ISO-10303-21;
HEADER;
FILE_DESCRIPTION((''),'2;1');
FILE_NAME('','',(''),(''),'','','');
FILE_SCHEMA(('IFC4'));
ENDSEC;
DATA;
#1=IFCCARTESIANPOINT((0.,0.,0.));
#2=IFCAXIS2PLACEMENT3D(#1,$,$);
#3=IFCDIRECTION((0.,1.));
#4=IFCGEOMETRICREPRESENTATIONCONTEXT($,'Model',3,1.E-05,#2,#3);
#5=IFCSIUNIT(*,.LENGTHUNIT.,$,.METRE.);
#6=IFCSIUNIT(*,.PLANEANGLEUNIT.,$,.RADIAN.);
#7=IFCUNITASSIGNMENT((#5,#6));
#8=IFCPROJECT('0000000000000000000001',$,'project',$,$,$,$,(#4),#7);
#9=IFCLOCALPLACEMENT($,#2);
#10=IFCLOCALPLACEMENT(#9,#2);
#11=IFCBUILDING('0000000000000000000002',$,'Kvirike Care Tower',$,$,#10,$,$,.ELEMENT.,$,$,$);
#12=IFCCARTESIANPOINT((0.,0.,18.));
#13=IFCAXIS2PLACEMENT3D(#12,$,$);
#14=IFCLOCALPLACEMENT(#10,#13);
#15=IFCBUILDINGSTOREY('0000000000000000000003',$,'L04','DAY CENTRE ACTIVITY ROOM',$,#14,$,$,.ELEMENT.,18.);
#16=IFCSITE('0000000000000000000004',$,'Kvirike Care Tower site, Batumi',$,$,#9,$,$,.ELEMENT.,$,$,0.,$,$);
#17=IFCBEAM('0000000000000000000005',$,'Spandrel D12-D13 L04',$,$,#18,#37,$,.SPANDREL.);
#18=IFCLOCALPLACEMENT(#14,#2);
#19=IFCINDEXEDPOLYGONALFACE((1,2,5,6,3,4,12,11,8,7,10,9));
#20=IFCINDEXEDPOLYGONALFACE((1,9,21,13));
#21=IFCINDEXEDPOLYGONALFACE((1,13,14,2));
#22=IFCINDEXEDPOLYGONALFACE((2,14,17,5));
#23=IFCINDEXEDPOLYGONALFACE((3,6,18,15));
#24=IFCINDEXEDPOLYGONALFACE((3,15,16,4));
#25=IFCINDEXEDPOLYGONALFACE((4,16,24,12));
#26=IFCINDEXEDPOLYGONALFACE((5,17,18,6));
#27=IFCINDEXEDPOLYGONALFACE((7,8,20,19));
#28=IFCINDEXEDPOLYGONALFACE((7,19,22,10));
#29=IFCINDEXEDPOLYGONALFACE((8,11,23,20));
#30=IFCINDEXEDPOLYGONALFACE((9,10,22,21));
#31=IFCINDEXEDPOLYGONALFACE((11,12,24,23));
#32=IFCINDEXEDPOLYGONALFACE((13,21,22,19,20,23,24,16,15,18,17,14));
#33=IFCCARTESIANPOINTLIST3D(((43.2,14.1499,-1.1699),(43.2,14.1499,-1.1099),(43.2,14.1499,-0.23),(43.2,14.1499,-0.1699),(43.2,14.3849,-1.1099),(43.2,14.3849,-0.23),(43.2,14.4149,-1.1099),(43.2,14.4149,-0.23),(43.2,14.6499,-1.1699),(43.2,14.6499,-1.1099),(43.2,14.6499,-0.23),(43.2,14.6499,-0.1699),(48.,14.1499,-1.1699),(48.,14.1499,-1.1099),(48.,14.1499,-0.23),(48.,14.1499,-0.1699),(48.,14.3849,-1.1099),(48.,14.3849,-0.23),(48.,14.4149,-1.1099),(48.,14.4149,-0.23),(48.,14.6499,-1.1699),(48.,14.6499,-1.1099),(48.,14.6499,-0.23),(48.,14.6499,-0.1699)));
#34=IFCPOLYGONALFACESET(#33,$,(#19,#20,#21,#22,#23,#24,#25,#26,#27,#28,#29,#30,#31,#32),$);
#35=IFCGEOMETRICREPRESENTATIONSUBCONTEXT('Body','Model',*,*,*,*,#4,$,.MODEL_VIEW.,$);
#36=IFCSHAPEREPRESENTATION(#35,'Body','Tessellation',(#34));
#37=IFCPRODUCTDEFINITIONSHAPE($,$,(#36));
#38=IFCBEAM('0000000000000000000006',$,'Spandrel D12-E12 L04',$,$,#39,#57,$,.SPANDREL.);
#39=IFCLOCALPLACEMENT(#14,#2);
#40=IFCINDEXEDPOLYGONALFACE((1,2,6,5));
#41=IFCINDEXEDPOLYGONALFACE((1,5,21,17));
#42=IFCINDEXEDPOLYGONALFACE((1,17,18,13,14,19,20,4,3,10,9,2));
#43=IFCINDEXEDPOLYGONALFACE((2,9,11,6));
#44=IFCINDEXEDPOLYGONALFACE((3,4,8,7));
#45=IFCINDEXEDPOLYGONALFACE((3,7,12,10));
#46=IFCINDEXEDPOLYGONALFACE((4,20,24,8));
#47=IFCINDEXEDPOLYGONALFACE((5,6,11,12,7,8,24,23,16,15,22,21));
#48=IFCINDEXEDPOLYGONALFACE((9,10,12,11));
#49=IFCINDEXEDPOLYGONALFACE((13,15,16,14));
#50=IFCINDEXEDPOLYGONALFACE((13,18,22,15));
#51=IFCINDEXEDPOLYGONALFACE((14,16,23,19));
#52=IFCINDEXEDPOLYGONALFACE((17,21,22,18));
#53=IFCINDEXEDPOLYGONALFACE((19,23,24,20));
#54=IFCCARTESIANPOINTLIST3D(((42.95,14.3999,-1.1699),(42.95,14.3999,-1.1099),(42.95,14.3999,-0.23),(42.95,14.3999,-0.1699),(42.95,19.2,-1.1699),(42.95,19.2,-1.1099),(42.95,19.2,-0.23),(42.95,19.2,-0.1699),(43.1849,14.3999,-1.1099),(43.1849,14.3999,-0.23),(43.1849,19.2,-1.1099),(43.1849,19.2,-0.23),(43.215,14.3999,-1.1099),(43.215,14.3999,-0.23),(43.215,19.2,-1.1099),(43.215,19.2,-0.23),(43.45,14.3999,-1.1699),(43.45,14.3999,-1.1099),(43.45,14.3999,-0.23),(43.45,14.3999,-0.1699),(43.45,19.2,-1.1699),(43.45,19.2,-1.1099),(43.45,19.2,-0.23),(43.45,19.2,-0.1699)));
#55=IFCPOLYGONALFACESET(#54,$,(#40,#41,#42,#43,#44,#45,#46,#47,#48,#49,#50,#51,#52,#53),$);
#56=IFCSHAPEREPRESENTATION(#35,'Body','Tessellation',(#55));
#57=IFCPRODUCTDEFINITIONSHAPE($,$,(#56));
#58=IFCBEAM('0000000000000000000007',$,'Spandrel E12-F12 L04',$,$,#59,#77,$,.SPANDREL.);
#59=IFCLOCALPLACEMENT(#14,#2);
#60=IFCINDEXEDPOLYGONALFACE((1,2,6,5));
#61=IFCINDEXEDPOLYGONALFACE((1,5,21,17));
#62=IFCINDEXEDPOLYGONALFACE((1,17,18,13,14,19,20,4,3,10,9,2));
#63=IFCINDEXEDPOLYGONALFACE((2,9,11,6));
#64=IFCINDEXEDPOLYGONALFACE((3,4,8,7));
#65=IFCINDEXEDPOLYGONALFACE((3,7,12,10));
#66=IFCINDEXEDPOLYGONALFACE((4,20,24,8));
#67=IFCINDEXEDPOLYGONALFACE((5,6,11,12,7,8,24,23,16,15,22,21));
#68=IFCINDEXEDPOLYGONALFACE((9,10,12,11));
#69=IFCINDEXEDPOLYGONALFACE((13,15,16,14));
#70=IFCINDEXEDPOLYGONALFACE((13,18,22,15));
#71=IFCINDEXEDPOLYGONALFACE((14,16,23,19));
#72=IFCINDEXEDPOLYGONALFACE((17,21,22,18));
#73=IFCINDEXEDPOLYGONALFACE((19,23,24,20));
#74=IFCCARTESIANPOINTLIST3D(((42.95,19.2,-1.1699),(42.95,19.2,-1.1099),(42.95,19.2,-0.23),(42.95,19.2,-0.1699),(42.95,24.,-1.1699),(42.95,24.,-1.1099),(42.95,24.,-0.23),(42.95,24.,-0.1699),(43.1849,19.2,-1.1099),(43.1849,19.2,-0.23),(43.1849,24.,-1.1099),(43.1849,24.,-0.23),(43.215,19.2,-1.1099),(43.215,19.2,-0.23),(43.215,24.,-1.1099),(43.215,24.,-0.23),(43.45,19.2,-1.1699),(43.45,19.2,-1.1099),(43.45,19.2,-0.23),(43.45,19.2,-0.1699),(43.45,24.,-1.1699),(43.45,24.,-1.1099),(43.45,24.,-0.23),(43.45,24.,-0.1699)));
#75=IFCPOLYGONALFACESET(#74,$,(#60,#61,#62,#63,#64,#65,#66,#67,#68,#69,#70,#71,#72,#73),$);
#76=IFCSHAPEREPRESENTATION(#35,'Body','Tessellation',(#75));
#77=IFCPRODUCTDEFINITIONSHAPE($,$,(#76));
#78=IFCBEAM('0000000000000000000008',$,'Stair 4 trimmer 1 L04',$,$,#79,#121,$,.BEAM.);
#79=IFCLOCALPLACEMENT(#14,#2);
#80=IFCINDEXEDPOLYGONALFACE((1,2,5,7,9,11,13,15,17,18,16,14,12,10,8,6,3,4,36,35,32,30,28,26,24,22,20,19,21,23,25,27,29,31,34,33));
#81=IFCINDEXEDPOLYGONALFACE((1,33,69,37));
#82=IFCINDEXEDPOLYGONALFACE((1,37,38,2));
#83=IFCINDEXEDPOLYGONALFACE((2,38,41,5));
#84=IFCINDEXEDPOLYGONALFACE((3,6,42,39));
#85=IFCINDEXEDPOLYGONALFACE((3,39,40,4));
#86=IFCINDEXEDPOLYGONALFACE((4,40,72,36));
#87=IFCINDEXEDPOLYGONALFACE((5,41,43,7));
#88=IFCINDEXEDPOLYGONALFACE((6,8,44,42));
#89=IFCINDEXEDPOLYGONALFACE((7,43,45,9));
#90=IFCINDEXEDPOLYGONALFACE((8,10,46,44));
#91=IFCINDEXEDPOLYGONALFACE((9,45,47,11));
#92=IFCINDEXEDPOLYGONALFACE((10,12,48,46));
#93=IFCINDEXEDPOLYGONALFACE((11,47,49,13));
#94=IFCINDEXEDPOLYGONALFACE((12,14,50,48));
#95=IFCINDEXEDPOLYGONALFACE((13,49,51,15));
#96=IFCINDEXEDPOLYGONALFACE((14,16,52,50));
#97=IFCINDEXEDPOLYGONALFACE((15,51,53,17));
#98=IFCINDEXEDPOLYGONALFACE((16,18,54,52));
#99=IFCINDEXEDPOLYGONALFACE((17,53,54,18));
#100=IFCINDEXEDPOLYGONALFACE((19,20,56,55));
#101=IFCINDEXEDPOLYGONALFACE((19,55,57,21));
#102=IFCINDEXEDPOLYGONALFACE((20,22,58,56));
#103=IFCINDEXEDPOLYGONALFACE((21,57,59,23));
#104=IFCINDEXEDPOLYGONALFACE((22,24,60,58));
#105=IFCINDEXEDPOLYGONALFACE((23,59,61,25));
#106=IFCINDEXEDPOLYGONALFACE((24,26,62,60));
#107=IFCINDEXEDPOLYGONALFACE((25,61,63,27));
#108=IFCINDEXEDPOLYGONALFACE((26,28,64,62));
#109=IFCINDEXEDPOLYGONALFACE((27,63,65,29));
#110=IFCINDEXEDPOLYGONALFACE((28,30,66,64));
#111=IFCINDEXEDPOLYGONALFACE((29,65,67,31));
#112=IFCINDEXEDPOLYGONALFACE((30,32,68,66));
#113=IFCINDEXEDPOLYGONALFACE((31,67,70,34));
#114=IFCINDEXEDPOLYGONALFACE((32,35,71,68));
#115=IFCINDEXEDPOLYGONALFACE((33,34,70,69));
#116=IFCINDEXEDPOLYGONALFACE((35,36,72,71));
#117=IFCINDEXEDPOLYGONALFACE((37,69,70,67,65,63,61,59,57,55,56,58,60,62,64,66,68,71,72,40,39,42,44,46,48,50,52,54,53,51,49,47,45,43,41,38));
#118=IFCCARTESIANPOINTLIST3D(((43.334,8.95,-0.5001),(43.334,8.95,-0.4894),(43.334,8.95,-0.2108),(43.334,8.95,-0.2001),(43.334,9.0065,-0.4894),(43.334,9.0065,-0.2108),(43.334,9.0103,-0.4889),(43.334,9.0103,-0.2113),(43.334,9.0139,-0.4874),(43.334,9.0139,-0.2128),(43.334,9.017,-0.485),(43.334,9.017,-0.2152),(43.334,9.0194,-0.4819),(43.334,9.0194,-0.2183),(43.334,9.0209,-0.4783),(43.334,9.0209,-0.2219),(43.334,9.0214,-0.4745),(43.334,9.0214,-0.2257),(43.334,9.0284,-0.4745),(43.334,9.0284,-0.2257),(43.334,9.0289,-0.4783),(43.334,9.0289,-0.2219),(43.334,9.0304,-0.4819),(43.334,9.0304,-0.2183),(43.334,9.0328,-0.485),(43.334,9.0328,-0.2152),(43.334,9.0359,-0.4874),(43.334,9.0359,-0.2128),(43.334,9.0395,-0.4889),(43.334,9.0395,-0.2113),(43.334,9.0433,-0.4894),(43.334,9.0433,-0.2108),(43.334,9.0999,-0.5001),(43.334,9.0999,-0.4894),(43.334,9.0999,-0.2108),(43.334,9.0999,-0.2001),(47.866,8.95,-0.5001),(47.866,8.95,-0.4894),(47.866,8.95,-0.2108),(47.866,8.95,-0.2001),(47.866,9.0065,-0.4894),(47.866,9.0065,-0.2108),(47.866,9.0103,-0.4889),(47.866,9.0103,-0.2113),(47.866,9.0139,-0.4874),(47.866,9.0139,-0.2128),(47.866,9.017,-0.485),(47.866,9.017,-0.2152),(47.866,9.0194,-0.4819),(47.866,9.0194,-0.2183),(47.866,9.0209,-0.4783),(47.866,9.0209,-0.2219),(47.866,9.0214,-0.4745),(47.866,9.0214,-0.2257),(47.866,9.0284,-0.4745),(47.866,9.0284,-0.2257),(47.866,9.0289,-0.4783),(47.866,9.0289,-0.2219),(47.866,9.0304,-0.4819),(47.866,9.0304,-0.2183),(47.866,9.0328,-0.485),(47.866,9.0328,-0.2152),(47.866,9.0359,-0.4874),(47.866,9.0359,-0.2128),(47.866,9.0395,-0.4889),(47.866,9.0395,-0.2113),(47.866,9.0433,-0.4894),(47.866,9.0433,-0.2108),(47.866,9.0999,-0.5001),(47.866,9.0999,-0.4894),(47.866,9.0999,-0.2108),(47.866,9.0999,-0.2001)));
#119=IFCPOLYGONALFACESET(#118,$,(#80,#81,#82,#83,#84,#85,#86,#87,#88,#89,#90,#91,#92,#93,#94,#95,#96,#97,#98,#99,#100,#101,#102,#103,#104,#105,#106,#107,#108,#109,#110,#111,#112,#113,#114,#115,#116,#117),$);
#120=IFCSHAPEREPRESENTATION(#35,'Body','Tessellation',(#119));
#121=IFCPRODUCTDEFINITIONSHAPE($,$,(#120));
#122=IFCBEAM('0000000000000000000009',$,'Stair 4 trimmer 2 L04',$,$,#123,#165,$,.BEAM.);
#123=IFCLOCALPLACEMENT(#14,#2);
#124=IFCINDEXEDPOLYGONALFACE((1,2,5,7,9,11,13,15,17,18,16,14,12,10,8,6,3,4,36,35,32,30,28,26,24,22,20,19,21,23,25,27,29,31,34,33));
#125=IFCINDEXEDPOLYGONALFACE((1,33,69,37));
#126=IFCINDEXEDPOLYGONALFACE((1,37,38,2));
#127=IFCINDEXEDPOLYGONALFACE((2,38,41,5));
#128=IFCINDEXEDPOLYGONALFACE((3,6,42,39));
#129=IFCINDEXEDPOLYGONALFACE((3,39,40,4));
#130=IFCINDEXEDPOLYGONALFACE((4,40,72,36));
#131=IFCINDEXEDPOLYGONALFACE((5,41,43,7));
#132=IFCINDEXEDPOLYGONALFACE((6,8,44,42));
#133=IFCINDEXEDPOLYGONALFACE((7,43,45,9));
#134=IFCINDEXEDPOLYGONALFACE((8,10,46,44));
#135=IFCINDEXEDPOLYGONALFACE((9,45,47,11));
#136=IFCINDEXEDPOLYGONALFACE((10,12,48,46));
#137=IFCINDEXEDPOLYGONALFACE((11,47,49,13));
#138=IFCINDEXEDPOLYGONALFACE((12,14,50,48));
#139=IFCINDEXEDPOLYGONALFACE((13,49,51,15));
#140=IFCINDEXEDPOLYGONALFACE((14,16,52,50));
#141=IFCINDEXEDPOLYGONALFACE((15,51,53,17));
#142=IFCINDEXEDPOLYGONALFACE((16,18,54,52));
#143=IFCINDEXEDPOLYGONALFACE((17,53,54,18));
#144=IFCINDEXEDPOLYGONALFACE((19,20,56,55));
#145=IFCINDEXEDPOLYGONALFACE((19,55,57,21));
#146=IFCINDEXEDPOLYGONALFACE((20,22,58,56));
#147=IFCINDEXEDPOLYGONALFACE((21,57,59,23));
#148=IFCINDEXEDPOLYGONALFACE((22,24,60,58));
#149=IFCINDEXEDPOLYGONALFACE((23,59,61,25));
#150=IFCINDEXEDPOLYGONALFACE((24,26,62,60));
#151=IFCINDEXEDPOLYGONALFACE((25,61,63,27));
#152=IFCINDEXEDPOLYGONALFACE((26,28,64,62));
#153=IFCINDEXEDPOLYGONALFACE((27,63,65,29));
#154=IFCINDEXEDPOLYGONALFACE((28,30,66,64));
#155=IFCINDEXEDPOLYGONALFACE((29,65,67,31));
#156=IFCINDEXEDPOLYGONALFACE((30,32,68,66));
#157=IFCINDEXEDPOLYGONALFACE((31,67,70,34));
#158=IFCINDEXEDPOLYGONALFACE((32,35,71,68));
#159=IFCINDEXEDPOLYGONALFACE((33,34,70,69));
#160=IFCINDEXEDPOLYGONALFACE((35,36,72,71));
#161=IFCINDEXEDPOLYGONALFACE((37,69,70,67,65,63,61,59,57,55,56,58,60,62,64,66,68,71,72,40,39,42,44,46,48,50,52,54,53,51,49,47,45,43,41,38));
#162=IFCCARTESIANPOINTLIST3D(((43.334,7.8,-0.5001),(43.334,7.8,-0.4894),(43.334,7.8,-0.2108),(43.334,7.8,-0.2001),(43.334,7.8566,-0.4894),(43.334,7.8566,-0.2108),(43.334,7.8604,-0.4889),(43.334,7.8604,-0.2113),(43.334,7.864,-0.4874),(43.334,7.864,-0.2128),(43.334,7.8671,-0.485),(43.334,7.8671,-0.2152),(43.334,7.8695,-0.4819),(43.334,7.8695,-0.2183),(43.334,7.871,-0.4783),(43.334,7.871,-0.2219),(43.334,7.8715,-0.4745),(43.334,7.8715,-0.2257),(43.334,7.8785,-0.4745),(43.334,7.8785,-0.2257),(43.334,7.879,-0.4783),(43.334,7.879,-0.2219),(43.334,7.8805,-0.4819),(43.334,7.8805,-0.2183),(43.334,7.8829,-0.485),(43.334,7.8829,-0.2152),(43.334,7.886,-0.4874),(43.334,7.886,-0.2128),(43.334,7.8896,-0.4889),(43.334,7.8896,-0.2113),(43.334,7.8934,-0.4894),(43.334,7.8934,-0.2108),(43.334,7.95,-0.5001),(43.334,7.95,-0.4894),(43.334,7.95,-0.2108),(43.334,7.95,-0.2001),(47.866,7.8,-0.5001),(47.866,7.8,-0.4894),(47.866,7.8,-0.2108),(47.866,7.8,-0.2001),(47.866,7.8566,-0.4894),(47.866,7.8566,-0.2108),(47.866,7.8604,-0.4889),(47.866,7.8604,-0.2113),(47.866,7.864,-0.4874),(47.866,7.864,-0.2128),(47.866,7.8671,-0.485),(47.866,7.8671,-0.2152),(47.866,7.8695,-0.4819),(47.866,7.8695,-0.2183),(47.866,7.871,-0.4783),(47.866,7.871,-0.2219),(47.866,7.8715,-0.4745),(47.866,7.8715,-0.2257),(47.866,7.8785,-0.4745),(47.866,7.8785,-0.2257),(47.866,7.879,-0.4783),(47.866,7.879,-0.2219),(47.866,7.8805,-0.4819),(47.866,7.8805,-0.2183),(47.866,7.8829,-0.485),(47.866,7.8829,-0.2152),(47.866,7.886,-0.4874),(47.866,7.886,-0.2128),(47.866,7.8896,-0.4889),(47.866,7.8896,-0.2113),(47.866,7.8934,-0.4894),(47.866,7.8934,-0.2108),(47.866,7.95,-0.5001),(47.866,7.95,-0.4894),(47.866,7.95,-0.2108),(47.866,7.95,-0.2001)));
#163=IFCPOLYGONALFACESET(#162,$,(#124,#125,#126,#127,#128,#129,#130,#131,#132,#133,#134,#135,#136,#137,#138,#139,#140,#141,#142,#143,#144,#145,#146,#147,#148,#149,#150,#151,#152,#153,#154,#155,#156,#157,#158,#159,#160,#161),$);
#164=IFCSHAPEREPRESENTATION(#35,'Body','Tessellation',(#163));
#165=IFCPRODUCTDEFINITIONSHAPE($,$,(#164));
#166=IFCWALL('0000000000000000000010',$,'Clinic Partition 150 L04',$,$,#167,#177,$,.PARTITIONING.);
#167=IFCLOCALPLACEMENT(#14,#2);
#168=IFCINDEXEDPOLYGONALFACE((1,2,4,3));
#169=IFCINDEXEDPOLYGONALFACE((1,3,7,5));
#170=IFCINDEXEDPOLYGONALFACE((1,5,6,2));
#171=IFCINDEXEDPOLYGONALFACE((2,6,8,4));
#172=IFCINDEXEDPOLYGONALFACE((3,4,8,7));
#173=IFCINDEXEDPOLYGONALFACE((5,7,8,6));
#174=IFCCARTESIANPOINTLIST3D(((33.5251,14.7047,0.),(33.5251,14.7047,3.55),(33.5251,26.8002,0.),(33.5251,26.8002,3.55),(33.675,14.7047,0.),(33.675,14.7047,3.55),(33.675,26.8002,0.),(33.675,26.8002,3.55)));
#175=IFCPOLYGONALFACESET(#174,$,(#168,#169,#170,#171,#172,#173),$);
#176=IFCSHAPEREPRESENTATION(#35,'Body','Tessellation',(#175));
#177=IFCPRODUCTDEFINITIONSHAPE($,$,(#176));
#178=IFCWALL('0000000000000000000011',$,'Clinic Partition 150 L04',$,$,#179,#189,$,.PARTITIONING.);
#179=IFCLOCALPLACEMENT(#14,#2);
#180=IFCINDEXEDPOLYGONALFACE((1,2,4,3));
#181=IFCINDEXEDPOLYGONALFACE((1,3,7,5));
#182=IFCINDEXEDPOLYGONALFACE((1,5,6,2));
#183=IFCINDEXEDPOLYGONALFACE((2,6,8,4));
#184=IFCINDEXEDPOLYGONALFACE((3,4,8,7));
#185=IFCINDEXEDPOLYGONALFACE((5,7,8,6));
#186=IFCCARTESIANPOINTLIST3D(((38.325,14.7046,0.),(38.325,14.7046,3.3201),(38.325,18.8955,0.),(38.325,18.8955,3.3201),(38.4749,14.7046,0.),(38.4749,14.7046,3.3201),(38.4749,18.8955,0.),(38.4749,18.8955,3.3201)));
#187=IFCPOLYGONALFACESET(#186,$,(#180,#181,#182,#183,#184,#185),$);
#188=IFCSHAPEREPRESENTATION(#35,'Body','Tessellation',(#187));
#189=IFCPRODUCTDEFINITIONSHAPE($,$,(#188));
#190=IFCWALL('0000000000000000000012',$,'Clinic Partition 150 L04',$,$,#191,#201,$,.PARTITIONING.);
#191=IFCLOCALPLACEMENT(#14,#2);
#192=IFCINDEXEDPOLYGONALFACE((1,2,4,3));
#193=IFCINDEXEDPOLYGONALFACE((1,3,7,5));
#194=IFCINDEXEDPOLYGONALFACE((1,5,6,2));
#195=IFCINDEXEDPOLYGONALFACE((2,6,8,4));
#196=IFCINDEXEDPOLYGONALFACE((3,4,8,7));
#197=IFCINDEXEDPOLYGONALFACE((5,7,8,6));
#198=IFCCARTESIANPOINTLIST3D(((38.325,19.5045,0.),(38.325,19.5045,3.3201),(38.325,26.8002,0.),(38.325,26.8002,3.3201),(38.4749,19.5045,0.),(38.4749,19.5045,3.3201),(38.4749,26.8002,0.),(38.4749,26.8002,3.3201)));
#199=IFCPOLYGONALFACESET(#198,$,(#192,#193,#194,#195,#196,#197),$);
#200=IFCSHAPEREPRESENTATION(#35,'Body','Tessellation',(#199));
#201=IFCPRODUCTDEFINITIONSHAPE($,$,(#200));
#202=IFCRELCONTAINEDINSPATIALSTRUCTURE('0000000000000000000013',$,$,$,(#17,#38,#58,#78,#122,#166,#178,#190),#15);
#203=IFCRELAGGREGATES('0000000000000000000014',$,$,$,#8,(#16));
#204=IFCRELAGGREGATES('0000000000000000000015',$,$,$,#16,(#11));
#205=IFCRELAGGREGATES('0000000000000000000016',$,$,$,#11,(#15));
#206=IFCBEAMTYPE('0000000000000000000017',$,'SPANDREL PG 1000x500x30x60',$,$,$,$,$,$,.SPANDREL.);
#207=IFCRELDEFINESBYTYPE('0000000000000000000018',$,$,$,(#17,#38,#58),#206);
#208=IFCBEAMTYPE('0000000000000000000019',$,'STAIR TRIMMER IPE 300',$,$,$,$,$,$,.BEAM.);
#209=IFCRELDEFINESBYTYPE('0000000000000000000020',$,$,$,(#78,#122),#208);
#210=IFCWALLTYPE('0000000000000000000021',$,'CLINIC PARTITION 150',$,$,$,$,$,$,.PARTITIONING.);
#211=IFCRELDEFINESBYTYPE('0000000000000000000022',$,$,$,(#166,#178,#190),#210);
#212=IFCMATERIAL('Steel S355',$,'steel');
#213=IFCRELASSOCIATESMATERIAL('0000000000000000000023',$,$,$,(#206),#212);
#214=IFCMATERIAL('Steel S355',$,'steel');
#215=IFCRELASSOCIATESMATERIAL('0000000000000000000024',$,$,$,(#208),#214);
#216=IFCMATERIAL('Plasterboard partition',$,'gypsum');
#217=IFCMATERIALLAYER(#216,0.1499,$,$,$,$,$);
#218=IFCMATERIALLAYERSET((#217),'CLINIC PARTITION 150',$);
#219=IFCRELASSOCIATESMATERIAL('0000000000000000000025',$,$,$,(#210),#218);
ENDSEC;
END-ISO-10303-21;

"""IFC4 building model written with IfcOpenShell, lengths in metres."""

from ifc_helpers import new_model, si_unit, direction, frame, frame_2d, origin, origin_2d, place, context, subcontext, project, spatial, rectangle, i_section, extrude, material, layer, layer_set, material_profile, profile_set, type_object, element, save


model = new_model("IFC4")

# Units and contexts
model_context = context("Model", 3, precision=1e-05, world=origin(), true_north=direction((0.0, 1.0)))
body_context = subcontext(model_context, "Body", "Model", "MODEL_VIEW")
ifc_project = project(units=[si_unit("LENGTHUNIT", "METRE"), si_unit("PLANEANGLEUNIT", "RADIAN")], contexts=[model_context])

# Site, building, storey
site_placement = place(None, origin())
site = spatial("IfcSite", under=ifc_project, at=site_placement, Name="Kvirike Care Tower site, Batumi", CompositionType="ELEMENT", RefElevation=0.0)
building_placement = place(site_placement, origin())
building = spatial("IfcBuilding", under=site, at=building_placement, Name="Kvirike Care Tower", CompositionType="ELEMENT")
storey_placement = place(building_placement, frame((0.0, 0.0, 18.0)))
storey = spatial("IfcBuildingStorey", under=building, at=storey_placement, Name="L04", Description="DAY CENTRE ACTIVITY ROOM", CompositionType="ELEMENT", Elevation=18.0)

# Beams
ifc_material_1 = material(Name="Steel S355", Category="steel")
ifc_material_profile_1 = material_profile(ifc_material_1, i_section(OverallWidth=0.5, OverallDepth=1.0, WebThickness=0.03, FlangeThickness=0.0601, at=origin_2d()), Name="PG 1000x500x30x60")
ifc_profile_set_1 = profile_set([ifc_material_profile_1], Name="Steel S355")
beam_type_1 = type_object("IfcBeamType", Name="SPANDREL PG 1000x500x30x60", PredefinedType="SPANDREL", material=ifc_profile_set_1)
for number, where, z_axis, x_axis, name in (
    (1, (43.2, 14.3999, -0.6699), (1.0, 0.0, 0.0), (0.0, 1.0, 0.0), "Spandrel D12-D13 L04"),
    (2, (43.2, 14.3999, -0.6699), (0.0, 1.0, 0.0), (-1.0, 0.0, 0.0), "Spandrel D12-E12 L04"),
    (3, (43.2, 19.2, -0.6699), (0.0, 1.0, 0.0), (-1.0, 0.0, 0.0), "Spandrel E12-F12 L04"),
):
    element("IfcBeam", number, at=place(storey_placement, frame(where, z_axis=z_axis, x_axis=x_axis)), inside=storey, type_object=beam_type_1, Name=name, PredefinedType="SPANDREL", context=body_context, shape_type="SweptSolid", body=[
        extrude(i_section(OverallWidth=0.5, OverallDepth=1.0, WebThickness=0.03, FlangeThickness=0.0601, at=origin_2d()), origin(), (0.0, 0.0, 1.0), 4.8),
    ])
ifc_material_2 = material(Name="Steel S355", Category="steel")
ifc_material_profile_2 = material_profile(ifc_material_2, i_section(OverallWidth=0.1499, OverallDepth=0.3, WebThickness=0.0071, FlangeThickness=0.0107, FilletRadius=0.0149, at=origin_2d()), Name="IPE 300")
ifc_profile_set_2 = profile_set([ifc_material_profile_2], Name="Steel S355")
beam_type_2 = type_object("IfcBeamType", Name="STAIR TRIMMER IPE 300", PredefinedType="BEAM", material=ifc_profile_set_2)
for number, where, z_axis, x_axis, name in (
    (4, (43.334, 9.0249, -0.3501), (1.0, 0.0, 0.0), (0.0, 1.0, 0.0), "Stair 4 trimmer 1 L04"),
    (5, (43.334, 7.875, -0.3501), (1.0, 0.0, 0.0), (0.0, 1.0, 0.0), "Stair 4 trimmer 2 L04"),
):
    element("IfcBeam", number, at=place(storey_placement, frame(where, z_axis=z_axis, x_axis=x_axis)), inside=storey, type_object=beam_type_2, Name=name, PredefinedType="BEAM", context=body_context, shape_type="SweptSolid", body=[
        extrude(i_section(OverallWidth=0.1499, OverallDepth=0.3, WebThickness=0.0071, FlangeThickness=0.0107, FilletRadius=0.0149, at=origin_2d()), origin(), (0.0, 0.0, 1.0), 4.532),
    ])

# Walls
ifc_material_3 = material(Name="Plasterboard partition", Category="gypsum")
ifc_layer_1 = layer(ifc_material_3, 0.1499)
ifc_layer_set_1 = layer_set([ifc_layer_1], Name="CLINIC PARTITION 150")
wall_type_1 = type_object("IfcWallType", Name="CLINIC PARTITION 150", PredefinedType="PARTITIONING", material=ifc_layer_set_1)
wall_1_placement = place(storey_placement, frame((33.6001, 14.7046, 0.0), z_axis=(0.0, 0.0, 1.0), x_axis=(0.0, 1.0, 0.0)))
element("IfcWall", 6, at=wall_1_placement, inside=storey, type_object=wall_type_1, Name="Clinic Partition 150 L04", PredefinedType="PARTITIONING", context=body_context, shape_type="SweptSolid", body=[
    extrude(rectangle(XDim=12.0955, YDim=0.1499, at=frame_2d((6.0479, 0.0))), origin(), (0.0, 0.0, 1.0), 3.55),
])
wall_2_placement = place(storey_placement, frame((38.3999, 14.7046, 0.0), z_axis=(0.0, 0.0, 1.0), x_axis=(0.0, 1.0, 0.0)))
element("IfcWall", 7, at=wall_2_placement, inside=storey, type_object=wall_type_1, Name="Clinic Partition 150 L04", PredefinedType="PARTITIONING", context=body_context, shape_type="SweptSolid", body=[
    extrude(rectangle(XDim=4.1909, YDim=0.1499, at=frame_2d((2.0955, 0.0))), origin(), (0.0, 0.0, 1.0), 3.3201),
])
wall_3_placement = place(storey_placement, frame((38.3999, 19.5044, 0.0), z_axis=(0.0, 0.0, 1.0), x_axis=(0.0, 1.0, 0.0)))
element("IfcWall", 8, at=wall_3_placement, inside=storey, type_object=wall_type_1, Name="Clinic Partition 150 L04", PredefinedType="PARTITIONING", context=body_context, shape_type="SweptSolid", body=[
    extrude(rectangle(XDim=7.2957, YDim=0.1499, at=frame_2d((3.6479, 0.0))), origin(), (0.0, 0.0, 1.0), 3.3201),
])

save(model, "model.ifc")
